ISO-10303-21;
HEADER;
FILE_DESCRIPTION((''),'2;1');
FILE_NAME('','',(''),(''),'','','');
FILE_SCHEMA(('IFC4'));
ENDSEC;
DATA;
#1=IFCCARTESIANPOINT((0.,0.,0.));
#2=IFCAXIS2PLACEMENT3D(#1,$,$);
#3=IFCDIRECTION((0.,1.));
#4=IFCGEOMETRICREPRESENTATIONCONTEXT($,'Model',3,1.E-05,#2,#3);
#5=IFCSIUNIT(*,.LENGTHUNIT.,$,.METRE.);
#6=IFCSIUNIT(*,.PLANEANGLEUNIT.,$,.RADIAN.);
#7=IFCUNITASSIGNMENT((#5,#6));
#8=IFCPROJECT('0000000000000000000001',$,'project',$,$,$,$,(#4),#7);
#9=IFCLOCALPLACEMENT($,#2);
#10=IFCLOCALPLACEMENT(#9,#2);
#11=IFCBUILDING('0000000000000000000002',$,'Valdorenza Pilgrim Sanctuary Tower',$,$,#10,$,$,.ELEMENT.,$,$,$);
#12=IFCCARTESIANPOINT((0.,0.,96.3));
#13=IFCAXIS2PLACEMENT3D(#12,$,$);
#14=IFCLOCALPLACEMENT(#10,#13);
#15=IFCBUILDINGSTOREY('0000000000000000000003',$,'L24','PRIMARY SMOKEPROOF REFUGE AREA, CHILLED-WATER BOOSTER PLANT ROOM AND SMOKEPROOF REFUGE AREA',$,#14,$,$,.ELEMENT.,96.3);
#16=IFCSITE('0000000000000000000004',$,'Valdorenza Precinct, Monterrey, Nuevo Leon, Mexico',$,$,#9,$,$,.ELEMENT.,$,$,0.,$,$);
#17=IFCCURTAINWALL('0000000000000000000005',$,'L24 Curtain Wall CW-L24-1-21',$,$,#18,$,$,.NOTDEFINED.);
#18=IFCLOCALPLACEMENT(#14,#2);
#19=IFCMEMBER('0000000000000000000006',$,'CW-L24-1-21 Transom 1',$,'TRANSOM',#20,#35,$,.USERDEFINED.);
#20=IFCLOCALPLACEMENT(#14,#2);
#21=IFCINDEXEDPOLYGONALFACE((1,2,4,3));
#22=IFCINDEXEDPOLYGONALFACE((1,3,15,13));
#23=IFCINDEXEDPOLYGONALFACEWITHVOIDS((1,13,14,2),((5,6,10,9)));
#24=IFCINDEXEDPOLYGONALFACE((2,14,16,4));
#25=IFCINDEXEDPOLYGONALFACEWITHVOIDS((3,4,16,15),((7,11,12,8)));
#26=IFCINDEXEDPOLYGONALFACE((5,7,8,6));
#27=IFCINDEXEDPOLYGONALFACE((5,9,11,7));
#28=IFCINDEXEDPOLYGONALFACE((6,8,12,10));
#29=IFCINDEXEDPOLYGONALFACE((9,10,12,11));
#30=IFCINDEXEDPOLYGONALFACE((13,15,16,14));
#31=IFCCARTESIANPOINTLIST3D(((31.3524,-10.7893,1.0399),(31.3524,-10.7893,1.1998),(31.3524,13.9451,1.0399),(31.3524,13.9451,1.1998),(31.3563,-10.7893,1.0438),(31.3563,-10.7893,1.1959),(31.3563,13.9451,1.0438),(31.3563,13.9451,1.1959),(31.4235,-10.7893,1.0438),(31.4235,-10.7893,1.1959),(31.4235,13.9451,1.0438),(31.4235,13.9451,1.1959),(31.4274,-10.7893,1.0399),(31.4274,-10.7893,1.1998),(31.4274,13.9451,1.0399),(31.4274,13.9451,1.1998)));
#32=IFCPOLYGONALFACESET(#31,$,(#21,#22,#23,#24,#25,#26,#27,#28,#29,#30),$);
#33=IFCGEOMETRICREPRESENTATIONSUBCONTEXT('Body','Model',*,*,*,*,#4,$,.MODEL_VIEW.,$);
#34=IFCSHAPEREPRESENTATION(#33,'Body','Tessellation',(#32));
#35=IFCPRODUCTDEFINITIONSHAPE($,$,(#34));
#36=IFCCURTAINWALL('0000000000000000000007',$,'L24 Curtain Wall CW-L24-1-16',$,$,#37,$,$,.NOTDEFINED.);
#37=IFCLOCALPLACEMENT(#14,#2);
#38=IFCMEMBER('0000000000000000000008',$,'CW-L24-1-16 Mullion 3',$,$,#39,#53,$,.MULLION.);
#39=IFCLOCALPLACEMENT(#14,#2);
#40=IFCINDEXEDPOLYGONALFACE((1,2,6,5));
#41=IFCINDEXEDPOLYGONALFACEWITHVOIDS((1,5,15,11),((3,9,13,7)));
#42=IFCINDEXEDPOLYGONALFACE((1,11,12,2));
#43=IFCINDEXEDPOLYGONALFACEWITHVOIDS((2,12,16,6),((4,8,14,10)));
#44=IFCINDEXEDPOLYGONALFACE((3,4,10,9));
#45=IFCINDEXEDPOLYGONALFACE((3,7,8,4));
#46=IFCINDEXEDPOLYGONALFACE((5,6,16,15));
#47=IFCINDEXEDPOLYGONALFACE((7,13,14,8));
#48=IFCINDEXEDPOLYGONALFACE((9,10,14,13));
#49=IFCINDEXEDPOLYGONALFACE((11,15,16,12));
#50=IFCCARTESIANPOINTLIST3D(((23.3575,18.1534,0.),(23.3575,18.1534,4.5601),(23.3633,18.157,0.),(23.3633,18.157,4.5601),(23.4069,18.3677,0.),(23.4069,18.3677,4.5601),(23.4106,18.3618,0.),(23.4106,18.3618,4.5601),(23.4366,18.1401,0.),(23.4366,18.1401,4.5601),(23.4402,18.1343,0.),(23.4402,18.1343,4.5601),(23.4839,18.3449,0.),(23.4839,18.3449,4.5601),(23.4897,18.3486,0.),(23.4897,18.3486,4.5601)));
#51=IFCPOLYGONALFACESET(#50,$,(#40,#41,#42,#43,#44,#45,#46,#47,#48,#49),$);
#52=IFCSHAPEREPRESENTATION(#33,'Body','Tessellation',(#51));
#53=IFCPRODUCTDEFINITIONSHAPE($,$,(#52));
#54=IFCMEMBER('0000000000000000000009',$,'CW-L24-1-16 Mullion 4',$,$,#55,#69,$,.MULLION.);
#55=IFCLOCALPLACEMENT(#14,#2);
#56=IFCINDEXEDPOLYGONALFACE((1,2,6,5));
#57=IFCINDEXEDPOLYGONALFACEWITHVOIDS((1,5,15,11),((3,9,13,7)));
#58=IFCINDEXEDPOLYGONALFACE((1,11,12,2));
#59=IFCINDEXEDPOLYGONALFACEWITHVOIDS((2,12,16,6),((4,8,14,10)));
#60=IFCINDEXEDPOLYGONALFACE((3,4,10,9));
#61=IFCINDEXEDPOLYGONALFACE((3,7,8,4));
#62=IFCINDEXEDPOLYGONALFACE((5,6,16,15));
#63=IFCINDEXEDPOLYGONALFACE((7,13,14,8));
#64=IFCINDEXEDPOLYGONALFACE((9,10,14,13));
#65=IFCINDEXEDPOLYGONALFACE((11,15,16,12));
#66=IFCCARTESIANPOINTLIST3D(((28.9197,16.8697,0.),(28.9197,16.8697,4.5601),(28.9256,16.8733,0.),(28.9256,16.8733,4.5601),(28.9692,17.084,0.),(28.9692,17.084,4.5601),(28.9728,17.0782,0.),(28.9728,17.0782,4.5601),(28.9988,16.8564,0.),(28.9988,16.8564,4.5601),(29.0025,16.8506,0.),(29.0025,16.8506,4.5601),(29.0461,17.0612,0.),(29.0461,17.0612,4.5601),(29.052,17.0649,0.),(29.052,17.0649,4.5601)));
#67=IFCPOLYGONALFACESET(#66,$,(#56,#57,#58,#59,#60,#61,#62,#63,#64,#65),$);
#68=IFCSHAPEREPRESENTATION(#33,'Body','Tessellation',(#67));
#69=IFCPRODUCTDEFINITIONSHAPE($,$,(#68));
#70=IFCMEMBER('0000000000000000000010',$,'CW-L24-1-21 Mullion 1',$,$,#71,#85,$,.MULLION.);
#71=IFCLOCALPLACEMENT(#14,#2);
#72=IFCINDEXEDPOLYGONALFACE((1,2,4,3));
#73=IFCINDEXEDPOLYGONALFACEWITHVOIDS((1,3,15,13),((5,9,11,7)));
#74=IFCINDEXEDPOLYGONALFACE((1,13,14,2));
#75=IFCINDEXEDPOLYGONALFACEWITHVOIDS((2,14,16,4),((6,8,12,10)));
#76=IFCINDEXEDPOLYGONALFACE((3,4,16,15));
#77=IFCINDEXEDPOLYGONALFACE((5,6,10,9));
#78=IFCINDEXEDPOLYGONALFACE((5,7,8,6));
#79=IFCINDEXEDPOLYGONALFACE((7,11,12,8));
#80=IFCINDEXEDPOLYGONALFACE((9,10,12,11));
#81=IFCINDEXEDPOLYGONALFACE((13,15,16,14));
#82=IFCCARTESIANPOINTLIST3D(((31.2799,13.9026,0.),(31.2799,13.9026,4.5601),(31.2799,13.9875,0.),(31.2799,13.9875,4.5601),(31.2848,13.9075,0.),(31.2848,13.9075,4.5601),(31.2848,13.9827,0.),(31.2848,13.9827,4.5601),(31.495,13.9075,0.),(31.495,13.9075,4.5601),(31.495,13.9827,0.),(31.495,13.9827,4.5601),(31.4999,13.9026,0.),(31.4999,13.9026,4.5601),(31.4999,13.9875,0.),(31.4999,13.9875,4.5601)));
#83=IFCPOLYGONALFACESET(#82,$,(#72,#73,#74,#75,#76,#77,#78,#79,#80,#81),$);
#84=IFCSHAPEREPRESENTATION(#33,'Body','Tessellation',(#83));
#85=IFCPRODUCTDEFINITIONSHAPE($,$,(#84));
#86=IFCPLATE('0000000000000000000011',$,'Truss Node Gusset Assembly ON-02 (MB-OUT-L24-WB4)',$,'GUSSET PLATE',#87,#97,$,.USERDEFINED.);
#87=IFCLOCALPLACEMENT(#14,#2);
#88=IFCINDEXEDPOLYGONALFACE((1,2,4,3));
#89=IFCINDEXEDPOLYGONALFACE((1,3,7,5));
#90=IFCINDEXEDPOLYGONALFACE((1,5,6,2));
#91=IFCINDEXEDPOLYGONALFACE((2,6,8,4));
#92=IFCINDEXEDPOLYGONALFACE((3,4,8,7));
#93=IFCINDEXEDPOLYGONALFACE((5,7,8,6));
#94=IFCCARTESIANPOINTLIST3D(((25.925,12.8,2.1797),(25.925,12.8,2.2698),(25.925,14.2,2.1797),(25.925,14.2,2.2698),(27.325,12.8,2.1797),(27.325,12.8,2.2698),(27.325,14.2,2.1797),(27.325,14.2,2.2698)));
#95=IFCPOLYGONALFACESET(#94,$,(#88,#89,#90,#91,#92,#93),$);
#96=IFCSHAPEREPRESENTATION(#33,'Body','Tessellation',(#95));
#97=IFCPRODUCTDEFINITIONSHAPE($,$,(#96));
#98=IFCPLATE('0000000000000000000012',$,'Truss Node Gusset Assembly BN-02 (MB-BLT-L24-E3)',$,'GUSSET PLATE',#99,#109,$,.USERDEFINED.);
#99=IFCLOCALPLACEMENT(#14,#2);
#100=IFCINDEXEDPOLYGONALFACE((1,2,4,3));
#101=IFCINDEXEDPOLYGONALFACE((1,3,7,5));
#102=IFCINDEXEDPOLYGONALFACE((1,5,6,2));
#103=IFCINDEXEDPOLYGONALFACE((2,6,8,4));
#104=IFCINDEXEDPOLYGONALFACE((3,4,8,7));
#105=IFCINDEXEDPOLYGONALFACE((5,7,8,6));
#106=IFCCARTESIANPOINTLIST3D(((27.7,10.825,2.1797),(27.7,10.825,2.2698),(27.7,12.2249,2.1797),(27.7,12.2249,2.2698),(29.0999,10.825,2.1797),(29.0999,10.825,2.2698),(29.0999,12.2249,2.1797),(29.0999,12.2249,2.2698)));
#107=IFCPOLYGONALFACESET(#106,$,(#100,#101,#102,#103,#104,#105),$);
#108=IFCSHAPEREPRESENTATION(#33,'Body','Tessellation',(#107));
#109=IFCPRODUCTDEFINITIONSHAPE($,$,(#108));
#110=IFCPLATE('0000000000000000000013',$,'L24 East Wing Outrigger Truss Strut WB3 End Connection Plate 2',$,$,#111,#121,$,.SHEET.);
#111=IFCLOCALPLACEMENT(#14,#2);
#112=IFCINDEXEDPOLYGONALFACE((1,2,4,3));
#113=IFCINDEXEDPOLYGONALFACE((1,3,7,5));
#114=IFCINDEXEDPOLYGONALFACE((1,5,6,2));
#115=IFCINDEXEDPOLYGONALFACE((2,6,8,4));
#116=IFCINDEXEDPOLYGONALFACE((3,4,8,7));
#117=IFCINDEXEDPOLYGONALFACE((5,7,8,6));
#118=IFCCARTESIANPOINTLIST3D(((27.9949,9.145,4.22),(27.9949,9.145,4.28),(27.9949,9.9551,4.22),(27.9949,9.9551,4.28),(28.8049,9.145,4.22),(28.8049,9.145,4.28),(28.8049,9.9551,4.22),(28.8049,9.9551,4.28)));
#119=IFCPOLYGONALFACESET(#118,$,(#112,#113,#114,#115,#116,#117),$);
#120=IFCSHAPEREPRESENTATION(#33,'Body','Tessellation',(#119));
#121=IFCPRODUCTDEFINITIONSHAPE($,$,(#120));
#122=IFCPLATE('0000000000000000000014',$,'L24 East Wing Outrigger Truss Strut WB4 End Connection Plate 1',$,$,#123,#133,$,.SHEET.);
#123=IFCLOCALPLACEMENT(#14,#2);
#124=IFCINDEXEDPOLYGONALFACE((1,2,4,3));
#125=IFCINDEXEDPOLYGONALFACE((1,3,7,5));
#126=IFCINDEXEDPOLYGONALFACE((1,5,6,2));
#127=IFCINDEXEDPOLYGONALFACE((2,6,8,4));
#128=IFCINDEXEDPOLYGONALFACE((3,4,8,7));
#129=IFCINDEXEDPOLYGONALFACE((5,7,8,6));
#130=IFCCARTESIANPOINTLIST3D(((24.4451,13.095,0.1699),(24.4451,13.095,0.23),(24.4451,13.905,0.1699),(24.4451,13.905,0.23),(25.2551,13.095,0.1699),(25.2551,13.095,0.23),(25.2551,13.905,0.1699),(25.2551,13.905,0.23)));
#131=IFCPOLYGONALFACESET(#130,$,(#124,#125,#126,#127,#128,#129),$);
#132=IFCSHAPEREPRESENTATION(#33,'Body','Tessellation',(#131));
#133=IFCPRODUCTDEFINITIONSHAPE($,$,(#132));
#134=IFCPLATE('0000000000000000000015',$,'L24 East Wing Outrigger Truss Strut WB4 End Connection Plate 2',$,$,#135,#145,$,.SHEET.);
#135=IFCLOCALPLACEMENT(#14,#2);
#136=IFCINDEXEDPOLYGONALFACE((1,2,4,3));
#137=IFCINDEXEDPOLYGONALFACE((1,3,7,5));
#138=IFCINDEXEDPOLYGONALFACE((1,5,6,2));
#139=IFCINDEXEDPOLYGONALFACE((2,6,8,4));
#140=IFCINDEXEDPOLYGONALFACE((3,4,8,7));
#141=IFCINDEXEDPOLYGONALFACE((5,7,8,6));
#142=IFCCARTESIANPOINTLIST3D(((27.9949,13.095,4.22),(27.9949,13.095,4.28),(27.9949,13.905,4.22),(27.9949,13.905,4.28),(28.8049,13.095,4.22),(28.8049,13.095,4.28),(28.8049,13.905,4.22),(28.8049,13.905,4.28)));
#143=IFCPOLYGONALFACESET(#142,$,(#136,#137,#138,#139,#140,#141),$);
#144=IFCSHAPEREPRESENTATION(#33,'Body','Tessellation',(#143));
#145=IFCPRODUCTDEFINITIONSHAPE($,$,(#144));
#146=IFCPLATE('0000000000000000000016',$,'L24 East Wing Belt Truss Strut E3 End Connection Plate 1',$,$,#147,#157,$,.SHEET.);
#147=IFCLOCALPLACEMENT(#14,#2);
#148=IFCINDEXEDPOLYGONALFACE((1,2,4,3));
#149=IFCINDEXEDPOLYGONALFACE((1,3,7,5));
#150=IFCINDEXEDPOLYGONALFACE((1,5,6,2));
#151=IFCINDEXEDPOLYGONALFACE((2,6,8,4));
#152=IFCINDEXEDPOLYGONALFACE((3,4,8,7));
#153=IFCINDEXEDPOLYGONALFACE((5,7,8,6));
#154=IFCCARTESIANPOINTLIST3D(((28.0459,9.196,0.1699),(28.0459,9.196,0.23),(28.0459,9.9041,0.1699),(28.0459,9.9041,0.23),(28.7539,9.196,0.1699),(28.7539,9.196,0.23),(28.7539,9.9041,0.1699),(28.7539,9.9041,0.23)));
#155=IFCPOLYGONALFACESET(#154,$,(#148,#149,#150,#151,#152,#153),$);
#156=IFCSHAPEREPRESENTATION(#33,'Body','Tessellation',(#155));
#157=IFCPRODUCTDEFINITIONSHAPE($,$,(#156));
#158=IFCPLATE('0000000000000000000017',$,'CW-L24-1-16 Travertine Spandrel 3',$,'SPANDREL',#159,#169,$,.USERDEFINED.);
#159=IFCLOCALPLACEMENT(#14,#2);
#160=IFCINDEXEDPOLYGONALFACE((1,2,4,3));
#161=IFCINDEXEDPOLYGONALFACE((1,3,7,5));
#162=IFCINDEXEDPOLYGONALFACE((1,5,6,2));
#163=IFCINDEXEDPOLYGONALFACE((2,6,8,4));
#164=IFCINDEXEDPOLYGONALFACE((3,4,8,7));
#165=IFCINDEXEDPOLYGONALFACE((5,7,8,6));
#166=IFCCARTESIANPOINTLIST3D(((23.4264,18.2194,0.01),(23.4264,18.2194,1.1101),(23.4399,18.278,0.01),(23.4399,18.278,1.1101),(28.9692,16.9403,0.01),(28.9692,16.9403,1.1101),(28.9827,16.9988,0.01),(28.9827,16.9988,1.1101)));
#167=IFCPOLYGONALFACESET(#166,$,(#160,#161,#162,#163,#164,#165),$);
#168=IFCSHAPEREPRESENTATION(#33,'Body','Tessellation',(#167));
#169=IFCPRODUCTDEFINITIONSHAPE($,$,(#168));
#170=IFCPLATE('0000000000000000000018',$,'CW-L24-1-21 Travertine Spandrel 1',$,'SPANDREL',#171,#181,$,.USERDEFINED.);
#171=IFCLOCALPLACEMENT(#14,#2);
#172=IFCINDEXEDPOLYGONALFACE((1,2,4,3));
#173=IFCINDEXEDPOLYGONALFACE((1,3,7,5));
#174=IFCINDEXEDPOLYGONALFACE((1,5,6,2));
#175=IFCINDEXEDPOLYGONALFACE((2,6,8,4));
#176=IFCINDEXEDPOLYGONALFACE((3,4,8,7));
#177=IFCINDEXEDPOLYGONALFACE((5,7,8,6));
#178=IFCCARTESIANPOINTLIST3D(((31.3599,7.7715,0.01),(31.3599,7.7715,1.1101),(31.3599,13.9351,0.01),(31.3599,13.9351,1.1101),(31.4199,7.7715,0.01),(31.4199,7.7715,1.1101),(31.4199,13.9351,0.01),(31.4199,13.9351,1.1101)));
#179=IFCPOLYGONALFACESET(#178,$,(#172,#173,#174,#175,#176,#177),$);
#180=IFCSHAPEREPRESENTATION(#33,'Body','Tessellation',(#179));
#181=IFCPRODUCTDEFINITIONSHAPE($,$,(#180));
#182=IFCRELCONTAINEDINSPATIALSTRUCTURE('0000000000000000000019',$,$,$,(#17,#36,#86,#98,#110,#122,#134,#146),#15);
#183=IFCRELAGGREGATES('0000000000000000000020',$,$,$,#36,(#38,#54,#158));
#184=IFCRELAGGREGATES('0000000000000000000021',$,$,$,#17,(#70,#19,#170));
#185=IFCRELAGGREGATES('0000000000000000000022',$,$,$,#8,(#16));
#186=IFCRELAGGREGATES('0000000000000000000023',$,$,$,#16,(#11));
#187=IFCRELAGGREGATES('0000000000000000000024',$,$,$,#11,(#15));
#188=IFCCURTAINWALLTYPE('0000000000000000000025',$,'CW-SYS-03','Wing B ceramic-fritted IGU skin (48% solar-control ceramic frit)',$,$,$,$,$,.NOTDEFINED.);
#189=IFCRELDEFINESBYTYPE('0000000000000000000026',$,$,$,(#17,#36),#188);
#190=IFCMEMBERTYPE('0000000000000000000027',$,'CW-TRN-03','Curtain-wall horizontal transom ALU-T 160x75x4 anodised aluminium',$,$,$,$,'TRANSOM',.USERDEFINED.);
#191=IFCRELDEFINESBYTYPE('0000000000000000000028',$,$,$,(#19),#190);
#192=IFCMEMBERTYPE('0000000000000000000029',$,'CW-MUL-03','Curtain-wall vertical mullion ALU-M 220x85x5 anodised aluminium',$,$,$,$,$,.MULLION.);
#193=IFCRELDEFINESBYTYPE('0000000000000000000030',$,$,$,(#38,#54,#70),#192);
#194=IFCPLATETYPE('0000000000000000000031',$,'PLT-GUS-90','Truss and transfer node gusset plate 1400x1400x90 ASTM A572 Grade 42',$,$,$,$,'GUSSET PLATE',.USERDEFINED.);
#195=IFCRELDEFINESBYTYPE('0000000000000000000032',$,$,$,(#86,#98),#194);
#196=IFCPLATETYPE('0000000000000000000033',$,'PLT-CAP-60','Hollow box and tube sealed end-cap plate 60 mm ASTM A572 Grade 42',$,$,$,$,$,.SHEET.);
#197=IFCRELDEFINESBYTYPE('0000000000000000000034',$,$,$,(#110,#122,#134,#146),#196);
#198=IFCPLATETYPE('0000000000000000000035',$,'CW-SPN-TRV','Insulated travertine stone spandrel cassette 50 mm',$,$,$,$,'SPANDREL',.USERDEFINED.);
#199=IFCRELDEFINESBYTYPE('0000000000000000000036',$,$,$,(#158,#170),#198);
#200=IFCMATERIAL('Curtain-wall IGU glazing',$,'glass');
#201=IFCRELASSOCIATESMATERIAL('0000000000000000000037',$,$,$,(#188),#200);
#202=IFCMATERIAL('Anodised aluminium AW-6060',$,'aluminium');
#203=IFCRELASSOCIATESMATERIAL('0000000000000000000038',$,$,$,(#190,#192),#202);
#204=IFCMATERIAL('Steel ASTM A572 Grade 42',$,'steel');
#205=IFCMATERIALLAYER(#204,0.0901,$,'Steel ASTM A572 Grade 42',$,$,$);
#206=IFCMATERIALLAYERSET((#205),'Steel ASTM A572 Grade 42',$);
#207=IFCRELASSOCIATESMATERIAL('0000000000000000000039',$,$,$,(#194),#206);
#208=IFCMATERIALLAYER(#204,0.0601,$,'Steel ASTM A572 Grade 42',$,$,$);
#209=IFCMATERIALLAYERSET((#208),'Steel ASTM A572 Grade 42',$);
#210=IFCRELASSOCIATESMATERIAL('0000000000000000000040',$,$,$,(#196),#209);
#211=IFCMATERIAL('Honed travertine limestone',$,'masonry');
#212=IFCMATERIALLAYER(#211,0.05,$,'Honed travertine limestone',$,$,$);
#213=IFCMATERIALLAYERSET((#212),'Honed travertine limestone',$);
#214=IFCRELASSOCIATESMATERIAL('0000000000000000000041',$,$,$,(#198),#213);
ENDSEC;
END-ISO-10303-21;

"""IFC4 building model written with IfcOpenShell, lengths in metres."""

from ifc_helpers import new_model, si_unit, direction, frame, origin, origin_2d, place, context, subcontext, project, spatial, rectangle, hollow_rectangle, extrude, source, transform, mapped, material, layer, layer_set, material_profile, profile_set, type_object, element, aggregate, save


model = new_model("IFC4")

# Units and contexts
model_context = context("Model", 3, precision=1e-05, world=origin(), true_north=direction((0.0, 1.0)))
body_context = subcontext(model_context, "Body", "Model", "MODEL_VIEW")
ifc_project = project(units=[si_unit("LENGTHUNIT", "METRE"), si_unit("PLANEANGLEUNIT", "RADIAN")], contexts=[model_context])

# Site, building, storey
site_placement = place(None, origin())
site = spatial("IfcSite", under=ifc_project, at=site_placement, Name="Valdorenza Precinct, Monterrey, Nuevo Leon, Mexico", CompositionType="ELEMENT", RefElevation=0.0)
building_placement = place(site_placement, origin())
building = spatial("IfcBuilding", under=site, at=building_placement, Name="Valdorenza Pilgrim Sanctuary Tower", CompositionType="ELEMENT")
storey_placement = place(building_placement, frame((0.0, 0.0, 96.3)))
storey = spatial("IfcBuildingStorey", under=building, at=storey_placement, Name="L24", Description="PRIMARY SMOKEPROOF REFUGE AREA, CHILLED-WATER BOOSTER PLANT ROOM AND SMOKEPROOF REFUGE AREA", CompositionType="ELEMENT", Elevation=96.3)

# Curtain wall, member
ifc_material_1 = material(Name="Curtain-wall IGU glazing", Category="glass")
curtain_wall_type = type_object("IfcCurtainWallType", Name="CW-SYS-03", Description="Wing B ceramic-fritted IGU skin (48% solar-control ceramic frit)", PredefinedType="NOTDEFINED", material=ifc_material_1)
curtain_wall_1_placement = place(storey_placement, origin())
curtain_wall_1 = element("IfcCurtainWall", 1, at=curtain_wall_1_placement, inside=storey, type_object=curtain_wall_type, Name="L24 Curtain Wall CW-L24-1-21", PredefinedType="NOTDEFINED")
ifc_material_2 = material(Name="Anodised aluminium AW-6060", Category="aluminium")
ifc_material_profile_1 = material_profile(ifc_material_2, hollow_rectangle(XDim=0.075, YDim=0.1599, WallThickness=0.0039, at=origin_2d()), Name="ALU-T 160x75x4")
ifc_profile_set_1 = profile_set([ifc_material_profile_1], Name="Anodised aluminium AW-6060")
member_type_1 = type_object("IfcMemberType", Name="CW-TRN-03", Description="Curtain-wall horizontal transom ALU-T 160x75x4 anodised aluminium", ElementType="TRANSOM", PredefinedType="USERDEFINED", material=ifc_profile_set_1)
shared_shape_1 = source(origin(), body_context, "Body", "SweptSolid", [
    extrude(hollow_rectangle(XDim=0.075, YDim=0.1599, WallThickness=0.0039, at=origin_2d()), origin(), (0.0, 0.0, 1.0), 24.7344),
])
member_1_placement = place(storey_placement, frame((31.3899, 13.9451, 1.1199), z_axis=(0.0, -1.0, 0.0), x_axis=(1.0, 0.0, 0.0)))
member_1 = element("IfcMember", 2, at=member_1_placement, type_object=member_type_1, Name="CW-L24-1-21 Transom 1", ObjectType="TRANSOM", PredefinedType="USERDEFINED", context=body_context, shape_type="MappedRepresentation", body=[
    mapped(shared_shape_1, transform((0.0, 0.0, 0.0), x_axis=(1.0, 0.0, 0.0), y_axis=(0.0, 1.0, 0.0), z_axis=(0.0, 0.0, 1.0), scale=1.0)),
])

# Curtain wall, members
curtain_wall_2_placement = place(storey_placement, origin())
curtain_wall_2 = element("IfcCurtainWall", 3, at=curtain_wall_2_placement, inside=storey, type_object=curtain_wall_type, Name="L24 Curtain Wall CW-L24-1-16", PredefinedType="NOTDEFINED")
ifc_material_profile_2 = material_profile(ifc_material_2, hollow_rectangle(XDim=0.085, YDim=0.22, WallThickness=0.0049, at=origin_2d()), Name="ALU-M 220x85x5")
ifc_profile_set_2 = profile_set([ifc_material_profile_2], Name="Anodised aluminium AW-6060")
member_type_2 = type_object("IfcMemberType", Name="CW-MUL-03", Description="Curtain-wall vertical mullion ALU-M 220x85x5 anodised aluminium", PredefinedType="MULLION", material=ifc_profile_set_2)
shared_shape_2 = source(origin(), body_context, "Body", "SweptSolid", [
    extrude(hollow_rectangle(XDim=0.085, YDim=0.22, WallThickness=0.0049, at=origin_2d()), origin(), (0.0, 0.0, 1.0), 4.5601),
])
member_2_placement = place(storey_placement, frame((23.4236, 18.251, 0.0), z_axis=(0.0, 0.0, 1.0), x_axis=(0.97439, -0.224866, 0.0)))
member_2 = element("IfcMember", 4, at=member_2_placement, type_object=member_type_2, Name="CW-L24-1-16 Mullion 3", PredefinedType="MULLION", context=body_context, shape_type="MappedRepresentation", body=[
    mapped(shared_shape_2, transform((0.0, 0.0, 0.0), x_axis=(1.0, 0.0, 0.0), y_axis=(0.0, 1.0, 0.0), z_axis=(0.0, 0.0, 1.0), scale=1.0)),
])
member_3_placement = place(storey_placement, frame((28.9858, 16.9673, 0.0), z_axis=(0.0, 0.0, 1.0), x_axis=(0.97439, -0.224866, 0.0)))
member_3 = element("IfcMember", 5, at=member_3_placement, type_object=member_type_2, Name="CW-L24-1-16 Mullion 4", PredefinedType="MULLION", context=body_context, shape_type="MappedRepresentation", body=[
    mapped(shared_shape_2, transform((0.0, 0.0, 0.0), x_axis=(1.0, 0.0, 0.0), y_axis=(0.0, 1.0, 0.0), z_axis=(0.0, 0.0, 1.0), scale=1.0)),
])

# Member
member_4_placement = place(storey_placement, frame((31.3899, 13.9451, 0.0), z_axis=(0.0, 0.0, 1.0), x_axis=(0.0, -1.0, 0.0)))
member_4 = element("IfcMember", 6, at=member_4_placement, type_object=member_type_2, Name="CW-L24-1-21 Mullion 1", PredefinedType="MULLION", context=body_context, shape_type="MappedRepresentation", body=[
    mapped(shared_shape_2, transform((0.0, 0.0, 0.0), x_axis=(1.0, 0.0, 0.0), y_axis=(0.0, 1.0, 0.0), z_axis=(0.0, 0.0, 1.0), scale=1.0)),
])

# Plates
ifc_material_3 = material(Name="Steel ASTM A572 Grade 42", Category="steel")
ifc_layer_1 = layer(ifc_material_3, 0.0901, Name="Steel ASTM A572 Grade 42")
ifc_layer_set_1 = layer_set([ifc_layer_1], Name="Steel ASTM A572 Grade 42")
plate_type_1 = type_object("IfcPlateType", Name="PLT-GUS-90", Description="Truss and transfer node gusset plate 1400x1400x90 ASTM A572 Grade 42", ElementType="GUSSET PLATE", PredefinedType="USERDEFINED", material=ifc_layer_set_1)
shared_shape_3 = source(origin(), body_context, "Body", "SweptSolid", [
    extrude(rectangle(XDim=1.3999, YDim=1.3999, at=origin_2d()), origin(), (0.0, 0.0, 1.0), 0.0901),
])
for number, where, z_axis, x_axis, name in (
    (7, (26.625, 13.5, 2.1797), (0.0, 0.0, 1.0), (1.0, 0.0, 0.0), "Truss Node Gusset Assembly ON-02 (MB-OUT-L24-WB4)"),
    (8, (28.3999, 11.5249, 2.1797), (0.0, 0.0, 1.0), (1.0, 0.0, 0.0), "Truss Node Gusset Assembly BN-02 (MB-BLT-L24-E3)"),
):
    element("IfcPlate", number, at=place(storey_placement, frame(where, z_axis=z_axis, x_axis=x_axis)), inside=storey, type_object=plate_type_1, Name=name, ObjectType="GUSSET PLATE", PredefinedType="USERDEFINED", context=body_context, shape_type="MappedRepresentation", body=[
        mapped(shared_shape_3, transform((0.0, 0.0, 0.0), x_axis=(1.0, 0.0, 0.0), y_axis=(0.0, 1.0, 0.0), z_axis=(0.0, 0.0, 1.0), scale=1.0)),
    ])
ifc_layer_2 = layer(ifc_material_3, 0.0601, Name="Steel ASTM A572 Grade 42")
ifc_layer_set_2 = layer_set([ifc_layer_2], Name="Steel ASTM A572 Grade 42")
plate_type_2 = type_object("IfcPlateType", Name="PLT-CAP-60", Description="Hollow box and tube sealed end-cap plate 60 mm ASTM A572 Grade 42", PredefinedType="SHEET", material=ifc_layer_set_2)
shared_shape_4 = source(origin(), body_context, "Body", "SweptSolid", [
    extrude(rectangle(XDim=0.8101, YDim=0.8101, at=origin_2d()), origin(), (0.0, 0.0, 1.0), 0.0601),
])
for number, where, z_axis, x_axis, name in (
    (9, (28.3999, 9.55, 4.22), (0.0, 0.0, 1.0), (1.0, 0.0, 0.0), "L24 East Wing Outrigger Truss Strut WB3 End Connection Plate 2"),
    (10, (24.8501, 13.5, 0.1699), (0.0, 0.0, 1.0), (1.0, 0.0, 0.0), "L24 East Wing Outrigger Truss Strut WB4 End Connection Plate 1"),
    (11, (28.3999, 13.5, 4.22), (0.0, 0.0, 1.0), (1.0, 0.0, 0.0), "L24 East Wing Outrigger Truss Strut WB4 End Connection Plate 2"),
):
    element("IfcPlate", number, at=place(storey_placement, frame(where, z_axis=z_axis, x_axis=x_axis)), inside=storey, type_object=plate_type_2, Name=name, PredefinedType="SHEET", context=body_context, shape_type="MappedRepresentation", body=[
        mapped(shared_shape_4, transform((0.0, 0.0, 0.0), x_axis=(1.0, 0.0, 0.0), y_axis=(0.0, 1.0, 0.0), z_axis=(0.0, 0.0, 1.0), scale=1.0)),
    ])
shared_shape_5 = source(origin(), body_context, "Body", "SweptSolid", [
    extrude(rectangle(XDim=0.708, YDim=0.708, at=origin_2d()), origin(), (0.0, 0.0, 1.0), 0.0601),
])
plate_1_placement = place(storey_placement, frame((28.3999, 9.55, 0.1699), z_axis=(0.0, 0.0, 1.0), x_axis=(1.0, 0.0, 0.0)))
element("IfcPlate", 12, at=plate_1_placement, inside=storey, type_object=plate_type_2, Name="L24 East Wing Belt Truss Strut E3 End Connection Plate 1", PredefinedType="SHEET", context=body_context, shape_type="MappedRepresentation", body=[
    mapped(shared_shape_5, transform((0.0, 0.0, 0.0), x_axis=(1.0, 0.0, 0.0), y_axis=(0.0, 1.0, 0.0), z_axis=(0.0, 0.0, 1.0), scale=1.0)),
])

# Plates
ifc_material_4 = material(Name="Honed travertine limestone", Category="masonry")
ifc_layer_3 = layer(ifc_material_4, 0.05, Name="Honed travertine limestone")
ifc_layer_set_3 = layer_set([ifc_layer_3], Name="Honed travertine limestone")
plate_type_3 = type_object("IfcPlateType", Name="CW-SPN-TRV", Description="Insulated travertine stone spandrel cassette 50 mm", ElementType="SPANDREL", PredefinedType="USERDEFINED", material=ifc_layer_set_3)
shared_shape_6 = source(origin(), body_context, "Body", "SweptSolid", [
    extrude(rectangle(XDim=5.6885, YDim=0.0601, at=origin_2d()), origin(), (0.0, 0.0, 1.0), 1.1001),
])
plate_2_placement = place(storey_placement, frame((26.2046, 17.6091, 0.01), z_axis=(0.0, 0.0, 1.0), x_axis=(0.97439, -0.224866, 0.0)))
plate_2 = element("IfcPlate", 13, at=plate_2_placement, type_object=plate_type_3, Name="CW-L24-1-16 Travertine Spandrel 3", ObjectType="SPANDREL", PredefinedType="USERDEFINED", context=body_context, shape_type="MappedRepresentation", body=[
    mapped(shared_shape_6, transform((0.0, 0.0, 0.0), x_axis=(1.0, 0.0, 0.0), y_axis=(0.0, 1.0, 0.0), z_axis=(0.0, 0.0, 1.0), scale=1.0)),
])
shared_shape_7 = source(origin(), body_context, "Body", "SweptSolid", [
    extrude(rectangle(XDim=6.1636, YDim=0.0601, at=origin_2d()), origin(), (0.0, 0.0, 1.0), 1.1001),
])
plate_3_placement = place(storey_placement, frame((31.3899, 10.8533, 0.01), z_axis=(0.0, 0.0, 1.0), x_axis=(0.0, -1.0, 0.0)))
plate_3 = element("IfcPlate", 14, at=plate_3_placement, type_object=plate_type_3, Name="CW-L24-1-21 Travertine Spandrel 1", ObjectType="SPANDREL", PredefinedType="USERDEFINED", context=body_context, shape_type="MappedRepresentation", body=[
    mapped(shared_shape_7, transform((0.0, 0.0, 0.0), x_axis=(1.0, 0.0, 0.0), y_axis=(0.0, 1.0, 0.0), z_axis=(0.0, 0.0, 1.0), scale=1.0)),
])
aggregate(curtain_wall_2, [member_2, member_3, plate_2])
aggregate(curtain_wall_1, [member_4, member_1, plate_3])

save(model, "model.ifc")
